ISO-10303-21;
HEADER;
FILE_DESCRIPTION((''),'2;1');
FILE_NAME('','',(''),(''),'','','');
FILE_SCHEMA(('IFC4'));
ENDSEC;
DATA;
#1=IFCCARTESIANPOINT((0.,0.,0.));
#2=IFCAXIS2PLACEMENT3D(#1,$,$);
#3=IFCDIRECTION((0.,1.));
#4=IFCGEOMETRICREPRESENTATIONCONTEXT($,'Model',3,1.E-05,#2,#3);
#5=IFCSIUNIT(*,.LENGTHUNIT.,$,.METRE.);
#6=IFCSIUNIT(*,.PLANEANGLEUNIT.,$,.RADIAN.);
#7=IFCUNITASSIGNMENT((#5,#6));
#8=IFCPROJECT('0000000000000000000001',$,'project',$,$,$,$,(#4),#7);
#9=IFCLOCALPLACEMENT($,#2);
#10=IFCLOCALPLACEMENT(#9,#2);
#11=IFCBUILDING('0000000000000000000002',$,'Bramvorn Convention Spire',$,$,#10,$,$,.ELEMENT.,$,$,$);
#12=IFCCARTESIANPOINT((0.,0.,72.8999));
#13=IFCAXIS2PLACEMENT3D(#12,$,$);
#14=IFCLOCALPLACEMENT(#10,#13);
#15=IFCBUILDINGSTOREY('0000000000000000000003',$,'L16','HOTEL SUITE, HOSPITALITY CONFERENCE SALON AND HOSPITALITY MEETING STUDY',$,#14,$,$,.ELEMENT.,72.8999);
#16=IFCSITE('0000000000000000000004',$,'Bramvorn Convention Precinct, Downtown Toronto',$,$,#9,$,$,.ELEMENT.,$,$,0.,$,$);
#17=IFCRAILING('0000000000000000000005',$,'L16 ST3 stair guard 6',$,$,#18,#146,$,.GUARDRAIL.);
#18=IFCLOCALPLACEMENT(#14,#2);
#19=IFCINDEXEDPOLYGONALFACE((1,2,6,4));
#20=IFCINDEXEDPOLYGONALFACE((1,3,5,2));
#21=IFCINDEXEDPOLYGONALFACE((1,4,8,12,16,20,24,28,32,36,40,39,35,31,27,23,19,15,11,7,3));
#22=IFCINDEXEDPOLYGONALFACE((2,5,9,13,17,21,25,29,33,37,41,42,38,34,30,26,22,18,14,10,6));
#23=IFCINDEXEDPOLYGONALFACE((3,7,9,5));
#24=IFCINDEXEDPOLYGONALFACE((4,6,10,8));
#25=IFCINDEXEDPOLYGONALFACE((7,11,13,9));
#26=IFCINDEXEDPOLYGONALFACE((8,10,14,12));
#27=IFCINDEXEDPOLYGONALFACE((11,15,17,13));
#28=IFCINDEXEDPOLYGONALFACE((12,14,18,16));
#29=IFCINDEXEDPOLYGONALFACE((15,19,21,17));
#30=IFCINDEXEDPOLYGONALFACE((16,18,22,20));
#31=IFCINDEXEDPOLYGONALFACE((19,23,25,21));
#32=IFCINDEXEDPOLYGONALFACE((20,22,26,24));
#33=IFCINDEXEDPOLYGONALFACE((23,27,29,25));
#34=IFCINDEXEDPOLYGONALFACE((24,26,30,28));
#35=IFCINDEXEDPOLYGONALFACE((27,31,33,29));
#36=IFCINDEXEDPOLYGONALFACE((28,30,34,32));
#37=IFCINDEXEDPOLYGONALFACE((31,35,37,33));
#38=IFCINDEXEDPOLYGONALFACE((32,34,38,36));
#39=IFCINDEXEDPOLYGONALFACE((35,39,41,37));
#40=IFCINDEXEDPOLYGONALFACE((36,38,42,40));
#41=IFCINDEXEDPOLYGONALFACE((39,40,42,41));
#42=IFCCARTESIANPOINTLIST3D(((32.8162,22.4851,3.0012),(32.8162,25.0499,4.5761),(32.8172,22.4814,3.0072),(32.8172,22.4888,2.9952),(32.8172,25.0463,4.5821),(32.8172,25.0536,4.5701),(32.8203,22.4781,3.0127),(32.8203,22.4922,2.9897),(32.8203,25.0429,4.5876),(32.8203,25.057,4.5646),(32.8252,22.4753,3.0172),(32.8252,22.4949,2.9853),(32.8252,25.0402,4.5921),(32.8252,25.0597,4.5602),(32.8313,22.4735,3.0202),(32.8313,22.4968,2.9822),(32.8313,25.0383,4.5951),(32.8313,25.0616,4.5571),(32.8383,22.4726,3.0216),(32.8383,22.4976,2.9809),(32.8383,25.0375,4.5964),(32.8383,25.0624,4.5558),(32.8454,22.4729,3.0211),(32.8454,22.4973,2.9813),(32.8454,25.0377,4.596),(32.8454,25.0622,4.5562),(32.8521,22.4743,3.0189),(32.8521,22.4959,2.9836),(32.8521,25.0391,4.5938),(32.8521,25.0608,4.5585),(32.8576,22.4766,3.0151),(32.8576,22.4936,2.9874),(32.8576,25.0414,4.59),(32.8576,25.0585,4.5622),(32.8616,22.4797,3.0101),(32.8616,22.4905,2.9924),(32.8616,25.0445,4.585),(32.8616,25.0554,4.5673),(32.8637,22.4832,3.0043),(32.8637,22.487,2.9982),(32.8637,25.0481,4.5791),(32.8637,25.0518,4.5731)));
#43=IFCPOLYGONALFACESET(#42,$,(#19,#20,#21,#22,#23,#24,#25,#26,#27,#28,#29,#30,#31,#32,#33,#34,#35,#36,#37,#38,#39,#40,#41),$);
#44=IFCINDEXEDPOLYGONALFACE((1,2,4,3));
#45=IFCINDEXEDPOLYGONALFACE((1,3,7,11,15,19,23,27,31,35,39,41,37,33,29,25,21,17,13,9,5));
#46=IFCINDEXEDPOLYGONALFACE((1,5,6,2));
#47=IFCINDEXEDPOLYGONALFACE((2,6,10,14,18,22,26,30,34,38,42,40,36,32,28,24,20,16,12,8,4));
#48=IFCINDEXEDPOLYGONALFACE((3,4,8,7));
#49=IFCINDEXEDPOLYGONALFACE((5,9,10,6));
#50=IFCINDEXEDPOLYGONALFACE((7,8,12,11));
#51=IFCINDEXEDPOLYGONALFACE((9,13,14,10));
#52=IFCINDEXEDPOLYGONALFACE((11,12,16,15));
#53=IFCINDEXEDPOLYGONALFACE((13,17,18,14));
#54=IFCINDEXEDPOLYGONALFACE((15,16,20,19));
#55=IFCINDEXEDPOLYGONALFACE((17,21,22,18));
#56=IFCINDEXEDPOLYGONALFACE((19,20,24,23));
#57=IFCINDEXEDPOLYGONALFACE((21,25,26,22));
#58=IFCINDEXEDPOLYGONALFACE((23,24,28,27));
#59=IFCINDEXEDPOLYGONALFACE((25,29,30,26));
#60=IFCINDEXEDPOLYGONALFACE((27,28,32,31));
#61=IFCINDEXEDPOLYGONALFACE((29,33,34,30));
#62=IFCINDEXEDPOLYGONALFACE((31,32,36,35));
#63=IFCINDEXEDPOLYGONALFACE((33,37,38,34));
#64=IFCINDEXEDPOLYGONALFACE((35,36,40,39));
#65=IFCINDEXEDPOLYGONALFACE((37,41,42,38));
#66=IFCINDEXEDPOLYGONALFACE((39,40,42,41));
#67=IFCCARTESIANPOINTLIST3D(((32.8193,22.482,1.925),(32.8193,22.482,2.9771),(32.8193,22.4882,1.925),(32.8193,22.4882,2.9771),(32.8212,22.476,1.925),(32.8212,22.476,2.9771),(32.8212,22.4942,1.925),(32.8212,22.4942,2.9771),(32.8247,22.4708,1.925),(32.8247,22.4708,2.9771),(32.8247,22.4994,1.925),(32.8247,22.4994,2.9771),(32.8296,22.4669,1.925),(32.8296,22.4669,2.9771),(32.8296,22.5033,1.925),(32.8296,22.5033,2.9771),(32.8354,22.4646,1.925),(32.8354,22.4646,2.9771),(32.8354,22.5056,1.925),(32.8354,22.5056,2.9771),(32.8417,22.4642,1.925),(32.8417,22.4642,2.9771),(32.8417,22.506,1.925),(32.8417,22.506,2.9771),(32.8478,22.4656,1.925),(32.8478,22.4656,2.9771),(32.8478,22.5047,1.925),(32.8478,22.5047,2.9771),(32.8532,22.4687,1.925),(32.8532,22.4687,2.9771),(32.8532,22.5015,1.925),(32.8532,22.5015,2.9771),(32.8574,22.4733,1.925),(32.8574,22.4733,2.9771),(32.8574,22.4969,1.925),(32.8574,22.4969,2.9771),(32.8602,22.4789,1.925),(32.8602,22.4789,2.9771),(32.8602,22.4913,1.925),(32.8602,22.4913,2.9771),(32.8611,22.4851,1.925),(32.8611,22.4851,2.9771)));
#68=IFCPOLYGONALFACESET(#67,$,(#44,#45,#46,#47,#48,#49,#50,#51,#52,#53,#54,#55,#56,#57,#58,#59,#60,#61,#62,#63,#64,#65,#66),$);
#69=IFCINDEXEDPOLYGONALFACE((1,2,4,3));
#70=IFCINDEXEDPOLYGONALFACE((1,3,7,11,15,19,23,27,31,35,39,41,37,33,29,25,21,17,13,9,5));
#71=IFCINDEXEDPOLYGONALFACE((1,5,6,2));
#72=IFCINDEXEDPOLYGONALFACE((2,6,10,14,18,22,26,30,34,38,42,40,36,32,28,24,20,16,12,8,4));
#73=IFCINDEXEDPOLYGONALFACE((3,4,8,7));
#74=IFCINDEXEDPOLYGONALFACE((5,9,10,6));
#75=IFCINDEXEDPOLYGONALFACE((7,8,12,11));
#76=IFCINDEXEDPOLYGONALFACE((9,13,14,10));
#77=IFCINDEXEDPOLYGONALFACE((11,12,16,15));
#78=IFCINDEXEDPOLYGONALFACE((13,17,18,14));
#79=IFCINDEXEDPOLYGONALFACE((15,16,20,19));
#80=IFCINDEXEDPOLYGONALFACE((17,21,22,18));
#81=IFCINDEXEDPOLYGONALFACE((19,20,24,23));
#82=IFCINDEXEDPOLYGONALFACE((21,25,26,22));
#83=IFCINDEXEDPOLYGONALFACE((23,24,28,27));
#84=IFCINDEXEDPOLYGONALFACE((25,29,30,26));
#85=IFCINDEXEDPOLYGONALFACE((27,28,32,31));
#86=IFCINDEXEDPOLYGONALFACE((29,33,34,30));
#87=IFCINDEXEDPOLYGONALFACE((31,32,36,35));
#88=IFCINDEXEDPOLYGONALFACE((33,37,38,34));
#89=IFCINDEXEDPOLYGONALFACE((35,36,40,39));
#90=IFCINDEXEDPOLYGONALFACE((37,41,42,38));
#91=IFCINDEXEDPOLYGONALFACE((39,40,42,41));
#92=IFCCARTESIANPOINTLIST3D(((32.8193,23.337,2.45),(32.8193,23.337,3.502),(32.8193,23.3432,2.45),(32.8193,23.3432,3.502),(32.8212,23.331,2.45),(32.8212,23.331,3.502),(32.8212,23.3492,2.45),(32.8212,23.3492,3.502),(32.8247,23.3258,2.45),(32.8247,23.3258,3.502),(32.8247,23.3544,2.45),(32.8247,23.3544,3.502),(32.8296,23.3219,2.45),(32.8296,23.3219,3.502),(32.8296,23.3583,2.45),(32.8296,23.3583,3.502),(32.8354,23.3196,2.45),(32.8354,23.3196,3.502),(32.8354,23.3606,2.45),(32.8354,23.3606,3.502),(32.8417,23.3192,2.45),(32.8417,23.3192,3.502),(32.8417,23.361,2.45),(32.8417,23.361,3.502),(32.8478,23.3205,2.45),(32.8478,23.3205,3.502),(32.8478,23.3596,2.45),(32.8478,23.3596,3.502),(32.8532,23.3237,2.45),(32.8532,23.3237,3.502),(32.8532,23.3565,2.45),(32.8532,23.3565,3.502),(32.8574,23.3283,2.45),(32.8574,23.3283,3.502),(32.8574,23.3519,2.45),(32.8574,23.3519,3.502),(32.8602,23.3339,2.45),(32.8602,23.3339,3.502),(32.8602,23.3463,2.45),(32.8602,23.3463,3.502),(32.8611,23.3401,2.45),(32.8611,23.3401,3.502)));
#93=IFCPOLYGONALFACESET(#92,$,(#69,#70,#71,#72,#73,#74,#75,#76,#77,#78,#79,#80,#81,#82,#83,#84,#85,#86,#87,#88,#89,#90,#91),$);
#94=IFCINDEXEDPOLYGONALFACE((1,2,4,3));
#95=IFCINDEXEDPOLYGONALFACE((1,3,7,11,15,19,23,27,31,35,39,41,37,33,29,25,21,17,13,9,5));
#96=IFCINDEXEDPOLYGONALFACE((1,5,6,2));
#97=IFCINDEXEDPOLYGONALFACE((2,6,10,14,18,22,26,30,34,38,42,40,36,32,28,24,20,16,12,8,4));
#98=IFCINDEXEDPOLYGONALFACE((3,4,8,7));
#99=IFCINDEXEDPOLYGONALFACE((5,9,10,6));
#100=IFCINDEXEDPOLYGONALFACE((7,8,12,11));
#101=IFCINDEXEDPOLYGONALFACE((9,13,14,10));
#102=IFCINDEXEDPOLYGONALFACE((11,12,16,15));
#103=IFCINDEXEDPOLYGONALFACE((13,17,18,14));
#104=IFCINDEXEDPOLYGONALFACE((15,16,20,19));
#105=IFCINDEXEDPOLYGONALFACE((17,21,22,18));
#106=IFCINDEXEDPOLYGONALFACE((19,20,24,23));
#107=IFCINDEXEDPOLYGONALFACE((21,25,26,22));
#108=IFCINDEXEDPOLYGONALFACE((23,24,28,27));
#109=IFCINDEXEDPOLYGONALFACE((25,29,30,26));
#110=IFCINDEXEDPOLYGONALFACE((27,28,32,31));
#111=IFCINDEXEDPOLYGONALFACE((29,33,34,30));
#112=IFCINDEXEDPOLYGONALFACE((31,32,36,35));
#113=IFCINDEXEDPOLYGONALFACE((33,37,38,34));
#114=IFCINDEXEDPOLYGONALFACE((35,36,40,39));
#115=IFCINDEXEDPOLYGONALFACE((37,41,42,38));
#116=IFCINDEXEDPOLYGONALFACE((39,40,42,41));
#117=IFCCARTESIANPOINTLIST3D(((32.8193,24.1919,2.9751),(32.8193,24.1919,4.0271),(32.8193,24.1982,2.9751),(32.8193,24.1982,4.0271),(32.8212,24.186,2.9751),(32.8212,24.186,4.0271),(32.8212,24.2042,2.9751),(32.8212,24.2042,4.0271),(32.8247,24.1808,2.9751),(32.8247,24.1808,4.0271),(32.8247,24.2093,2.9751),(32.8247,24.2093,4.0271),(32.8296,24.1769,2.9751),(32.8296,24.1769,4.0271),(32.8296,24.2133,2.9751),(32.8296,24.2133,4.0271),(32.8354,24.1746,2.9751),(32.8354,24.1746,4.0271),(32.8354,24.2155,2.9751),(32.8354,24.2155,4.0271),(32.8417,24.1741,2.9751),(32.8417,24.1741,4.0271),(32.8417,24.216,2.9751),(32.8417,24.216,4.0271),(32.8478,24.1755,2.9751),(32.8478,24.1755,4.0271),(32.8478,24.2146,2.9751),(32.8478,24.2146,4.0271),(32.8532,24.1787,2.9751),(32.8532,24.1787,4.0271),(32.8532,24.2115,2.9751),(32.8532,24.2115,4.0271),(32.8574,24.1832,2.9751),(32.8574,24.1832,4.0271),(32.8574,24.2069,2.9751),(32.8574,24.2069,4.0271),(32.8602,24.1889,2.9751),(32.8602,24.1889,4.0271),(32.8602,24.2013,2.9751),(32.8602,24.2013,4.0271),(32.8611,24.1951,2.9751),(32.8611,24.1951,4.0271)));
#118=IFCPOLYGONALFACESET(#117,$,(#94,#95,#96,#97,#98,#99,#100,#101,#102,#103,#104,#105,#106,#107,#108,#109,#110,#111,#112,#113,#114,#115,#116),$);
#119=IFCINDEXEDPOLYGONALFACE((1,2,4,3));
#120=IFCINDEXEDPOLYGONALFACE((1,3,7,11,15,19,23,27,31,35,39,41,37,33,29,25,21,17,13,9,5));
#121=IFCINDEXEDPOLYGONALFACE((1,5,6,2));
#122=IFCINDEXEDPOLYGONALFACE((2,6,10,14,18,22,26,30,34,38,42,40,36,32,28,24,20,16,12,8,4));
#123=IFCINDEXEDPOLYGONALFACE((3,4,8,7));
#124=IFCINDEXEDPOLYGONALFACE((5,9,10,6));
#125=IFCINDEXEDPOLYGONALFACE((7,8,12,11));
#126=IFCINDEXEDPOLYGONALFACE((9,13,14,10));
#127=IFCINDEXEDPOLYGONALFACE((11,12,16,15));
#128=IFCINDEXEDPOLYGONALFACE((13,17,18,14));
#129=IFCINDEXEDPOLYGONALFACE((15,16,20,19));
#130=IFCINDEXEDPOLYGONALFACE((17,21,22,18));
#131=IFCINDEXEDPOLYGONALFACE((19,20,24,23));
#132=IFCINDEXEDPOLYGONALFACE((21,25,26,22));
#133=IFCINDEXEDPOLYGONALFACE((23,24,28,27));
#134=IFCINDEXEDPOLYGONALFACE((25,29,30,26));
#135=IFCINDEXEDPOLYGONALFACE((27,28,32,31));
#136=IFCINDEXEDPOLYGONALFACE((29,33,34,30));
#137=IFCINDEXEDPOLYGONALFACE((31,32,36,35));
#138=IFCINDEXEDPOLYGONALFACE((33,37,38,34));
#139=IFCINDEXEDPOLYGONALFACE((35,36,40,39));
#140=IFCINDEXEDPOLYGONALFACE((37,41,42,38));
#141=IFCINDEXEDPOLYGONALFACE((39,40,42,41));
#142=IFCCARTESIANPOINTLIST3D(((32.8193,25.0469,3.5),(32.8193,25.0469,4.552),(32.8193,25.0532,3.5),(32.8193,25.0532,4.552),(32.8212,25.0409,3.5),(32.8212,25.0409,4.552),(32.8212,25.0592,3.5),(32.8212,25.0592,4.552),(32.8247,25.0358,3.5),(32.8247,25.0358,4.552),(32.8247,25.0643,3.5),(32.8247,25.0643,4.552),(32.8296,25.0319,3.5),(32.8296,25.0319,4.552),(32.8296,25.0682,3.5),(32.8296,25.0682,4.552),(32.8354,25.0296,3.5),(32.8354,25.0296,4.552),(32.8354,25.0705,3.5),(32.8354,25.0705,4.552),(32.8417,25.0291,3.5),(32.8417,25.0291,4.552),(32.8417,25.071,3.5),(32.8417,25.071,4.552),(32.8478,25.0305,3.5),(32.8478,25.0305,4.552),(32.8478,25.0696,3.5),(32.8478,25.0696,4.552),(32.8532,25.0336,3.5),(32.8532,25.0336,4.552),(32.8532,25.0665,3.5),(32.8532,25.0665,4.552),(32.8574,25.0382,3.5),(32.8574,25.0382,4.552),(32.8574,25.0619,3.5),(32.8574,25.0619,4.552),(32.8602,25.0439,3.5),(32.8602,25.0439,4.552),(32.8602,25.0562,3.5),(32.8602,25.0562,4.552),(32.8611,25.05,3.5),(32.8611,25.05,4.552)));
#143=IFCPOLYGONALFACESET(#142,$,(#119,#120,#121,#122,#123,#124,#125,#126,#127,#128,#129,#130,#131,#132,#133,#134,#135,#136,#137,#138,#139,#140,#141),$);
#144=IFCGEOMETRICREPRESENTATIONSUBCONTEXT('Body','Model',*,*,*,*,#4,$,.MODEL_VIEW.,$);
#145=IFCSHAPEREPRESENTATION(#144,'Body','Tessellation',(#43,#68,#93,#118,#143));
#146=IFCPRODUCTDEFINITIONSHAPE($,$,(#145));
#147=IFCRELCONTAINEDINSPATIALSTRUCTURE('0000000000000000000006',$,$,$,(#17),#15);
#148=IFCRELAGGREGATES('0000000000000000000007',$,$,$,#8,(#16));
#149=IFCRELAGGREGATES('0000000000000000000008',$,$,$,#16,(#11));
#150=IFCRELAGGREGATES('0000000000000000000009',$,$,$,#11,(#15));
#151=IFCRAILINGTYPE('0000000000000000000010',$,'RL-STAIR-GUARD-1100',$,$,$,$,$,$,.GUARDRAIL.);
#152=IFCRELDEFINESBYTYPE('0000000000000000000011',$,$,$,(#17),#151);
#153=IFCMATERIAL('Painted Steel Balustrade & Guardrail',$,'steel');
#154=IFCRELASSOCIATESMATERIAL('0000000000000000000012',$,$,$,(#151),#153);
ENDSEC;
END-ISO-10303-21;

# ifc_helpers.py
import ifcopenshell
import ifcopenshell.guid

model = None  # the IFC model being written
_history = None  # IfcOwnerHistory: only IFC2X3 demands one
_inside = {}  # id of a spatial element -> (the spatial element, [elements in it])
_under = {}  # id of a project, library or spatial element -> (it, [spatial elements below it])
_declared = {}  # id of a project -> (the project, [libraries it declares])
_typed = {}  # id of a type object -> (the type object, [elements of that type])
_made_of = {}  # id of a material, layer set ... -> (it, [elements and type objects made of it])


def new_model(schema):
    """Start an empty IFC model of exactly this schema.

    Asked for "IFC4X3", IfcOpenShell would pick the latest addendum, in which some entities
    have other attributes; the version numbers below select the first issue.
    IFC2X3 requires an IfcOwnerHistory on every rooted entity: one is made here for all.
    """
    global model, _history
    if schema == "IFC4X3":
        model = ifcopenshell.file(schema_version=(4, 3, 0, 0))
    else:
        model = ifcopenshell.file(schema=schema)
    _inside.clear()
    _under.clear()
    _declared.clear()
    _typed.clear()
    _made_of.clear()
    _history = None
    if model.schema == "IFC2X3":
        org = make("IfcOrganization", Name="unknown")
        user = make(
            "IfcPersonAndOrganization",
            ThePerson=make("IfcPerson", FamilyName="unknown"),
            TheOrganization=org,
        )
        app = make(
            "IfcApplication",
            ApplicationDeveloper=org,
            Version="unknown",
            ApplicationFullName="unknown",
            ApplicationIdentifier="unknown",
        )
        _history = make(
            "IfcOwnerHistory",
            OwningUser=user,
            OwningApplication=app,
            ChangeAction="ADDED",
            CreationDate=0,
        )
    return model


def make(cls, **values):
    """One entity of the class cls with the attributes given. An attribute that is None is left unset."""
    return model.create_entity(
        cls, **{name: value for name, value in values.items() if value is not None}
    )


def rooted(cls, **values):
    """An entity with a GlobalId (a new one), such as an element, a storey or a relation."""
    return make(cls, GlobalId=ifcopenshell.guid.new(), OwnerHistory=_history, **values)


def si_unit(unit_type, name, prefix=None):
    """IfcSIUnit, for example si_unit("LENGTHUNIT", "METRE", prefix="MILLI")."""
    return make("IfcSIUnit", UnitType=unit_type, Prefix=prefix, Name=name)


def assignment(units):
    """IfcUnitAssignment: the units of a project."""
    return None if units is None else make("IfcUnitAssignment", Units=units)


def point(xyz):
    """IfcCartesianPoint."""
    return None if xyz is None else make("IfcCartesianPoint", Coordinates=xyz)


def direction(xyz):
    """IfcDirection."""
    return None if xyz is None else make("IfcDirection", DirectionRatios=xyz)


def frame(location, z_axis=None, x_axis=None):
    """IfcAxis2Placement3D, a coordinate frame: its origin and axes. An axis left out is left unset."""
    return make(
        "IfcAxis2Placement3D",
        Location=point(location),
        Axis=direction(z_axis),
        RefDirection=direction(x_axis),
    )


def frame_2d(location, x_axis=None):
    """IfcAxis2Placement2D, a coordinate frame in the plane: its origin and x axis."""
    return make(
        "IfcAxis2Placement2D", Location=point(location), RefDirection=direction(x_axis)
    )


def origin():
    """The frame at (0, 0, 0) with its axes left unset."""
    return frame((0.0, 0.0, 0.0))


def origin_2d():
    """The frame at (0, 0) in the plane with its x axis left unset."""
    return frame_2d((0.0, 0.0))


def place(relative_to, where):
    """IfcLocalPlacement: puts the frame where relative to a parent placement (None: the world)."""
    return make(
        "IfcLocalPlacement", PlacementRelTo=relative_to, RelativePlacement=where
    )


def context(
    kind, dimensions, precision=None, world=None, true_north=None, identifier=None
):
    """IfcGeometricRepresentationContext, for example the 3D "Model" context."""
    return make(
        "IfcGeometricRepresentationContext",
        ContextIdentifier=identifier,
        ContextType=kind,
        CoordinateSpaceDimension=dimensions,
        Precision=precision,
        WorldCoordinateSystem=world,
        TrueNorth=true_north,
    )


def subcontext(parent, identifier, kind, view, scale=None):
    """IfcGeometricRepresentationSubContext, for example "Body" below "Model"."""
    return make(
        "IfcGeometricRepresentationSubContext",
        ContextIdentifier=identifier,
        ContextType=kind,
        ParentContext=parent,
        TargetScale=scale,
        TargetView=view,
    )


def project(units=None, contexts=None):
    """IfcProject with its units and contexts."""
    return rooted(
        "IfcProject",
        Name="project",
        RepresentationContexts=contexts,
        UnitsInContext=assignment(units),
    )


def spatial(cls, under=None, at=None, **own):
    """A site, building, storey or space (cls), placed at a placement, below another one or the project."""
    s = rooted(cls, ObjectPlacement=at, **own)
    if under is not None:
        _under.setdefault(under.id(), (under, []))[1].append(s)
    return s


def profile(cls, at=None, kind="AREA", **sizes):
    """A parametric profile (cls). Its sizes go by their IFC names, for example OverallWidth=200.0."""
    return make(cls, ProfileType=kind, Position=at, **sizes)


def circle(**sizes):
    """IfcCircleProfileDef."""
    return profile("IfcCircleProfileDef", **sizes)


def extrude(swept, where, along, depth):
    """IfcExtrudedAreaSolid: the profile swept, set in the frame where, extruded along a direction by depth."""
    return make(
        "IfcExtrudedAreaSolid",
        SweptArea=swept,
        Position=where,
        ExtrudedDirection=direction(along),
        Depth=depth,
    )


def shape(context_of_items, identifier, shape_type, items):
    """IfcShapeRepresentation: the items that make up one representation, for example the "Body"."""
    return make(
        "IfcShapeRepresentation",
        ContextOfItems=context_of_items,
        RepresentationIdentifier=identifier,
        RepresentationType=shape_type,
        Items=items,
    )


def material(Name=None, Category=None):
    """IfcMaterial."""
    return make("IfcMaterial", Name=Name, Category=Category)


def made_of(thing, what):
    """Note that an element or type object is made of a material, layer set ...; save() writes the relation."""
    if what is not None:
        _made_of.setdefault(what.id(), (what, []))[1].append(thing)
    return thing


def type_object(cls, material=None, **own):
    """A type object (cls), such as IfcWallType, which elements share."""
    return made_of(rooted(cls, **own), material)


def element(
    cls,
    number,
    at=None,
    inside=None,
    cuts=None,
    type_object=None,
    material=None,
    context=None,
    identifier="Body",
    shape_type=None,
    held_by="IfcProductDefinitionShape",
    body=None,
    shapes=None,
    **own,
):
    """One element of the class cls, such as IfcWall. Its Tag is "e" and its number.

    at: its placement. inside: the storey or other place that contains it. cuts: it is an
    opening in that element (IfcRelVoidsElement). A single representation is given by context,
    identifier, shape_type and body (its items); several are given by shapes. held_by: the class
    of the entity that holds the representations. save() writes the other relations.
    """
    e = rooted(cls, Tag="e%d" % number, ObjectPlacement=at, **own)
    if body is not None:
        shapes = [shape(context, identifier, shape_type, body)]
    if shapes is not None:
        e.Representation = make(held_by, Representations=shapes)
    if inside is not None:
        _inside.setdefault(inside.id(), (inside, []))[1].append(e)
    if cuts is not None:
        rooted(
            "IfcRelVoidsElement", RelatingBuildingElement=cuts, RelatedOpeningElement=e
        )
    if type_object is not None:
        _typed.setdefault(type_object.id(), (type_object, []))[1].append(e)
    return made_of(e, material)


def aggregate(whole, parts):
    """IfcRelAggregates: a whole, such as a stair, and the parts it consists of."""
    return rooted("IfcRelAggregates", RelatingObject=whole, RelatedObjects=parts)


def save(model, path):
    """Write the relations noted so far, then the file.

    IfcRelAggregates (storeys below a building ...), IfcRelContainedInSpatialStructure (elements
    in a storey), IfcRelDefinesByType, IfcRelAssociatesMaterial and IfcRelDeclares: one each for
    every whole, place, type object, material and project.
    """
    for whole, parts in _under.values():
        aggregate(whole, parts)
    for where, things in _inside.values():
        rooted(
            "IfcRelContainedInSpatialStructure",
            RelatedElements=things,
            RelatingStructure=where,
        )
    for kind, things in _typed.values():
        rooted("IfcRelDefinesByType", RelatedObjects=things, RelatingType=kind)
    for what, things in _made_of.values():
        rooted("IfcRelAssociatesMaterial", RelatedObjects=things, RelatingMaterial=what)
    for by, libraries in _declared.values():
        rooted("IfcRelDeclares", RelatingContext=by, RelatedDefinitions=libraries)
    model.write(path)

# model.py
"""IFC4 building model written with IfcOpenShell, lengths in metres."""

from ifc_helpers import new_model, si_unit, direction, frame, origin, origin_2d, place, context, subcontext, project, spatial, circle, extrude, material, type_object, element, save


model = new_model("IFC4")

# Units and contexts
model_context = context("Model", 3, precision=1e-05, world=origin(), true_north=direction((0.0, 1.0)))
body_context = subcontext(model_context, "Body", "Model", "MODEL_VIEW")
ifc_project = project(units=[si_unit("LENGTHUNIT", "METRE"), si_unit("PLANEANGLEUNIT", "RADIAN")], contexts=[model_context])

# Site, building, storey
site_placement = place(None, origin())
site = spatial("IfcSite", under=ifc_project, at=site_placement, Name="Bramvorn Convention Precinct, Downtown Toronto", CompositionType="ELEMENT", RefElevation=0.0)
building_placement = place(site_placement, origin())
building = spatial("IfcBuilding", under=site, at=building_placement, Name="Bramvorn Convention Spire", CompositionType="ELEMENT")
storey_placement = place(building_placement, frame((0.0, 0.0, 72.8999)))
storey = spatial("IfcBuildingStorey", under=building, at=storey_placement, Name="L16", Description="HOTEL SUITE, HOSPITALITY CONFERENCE SALON AND HOSPITALITY MEETING STUDY", CompositionType="ELEMENT", Elevation=72.8999)

# Railing
ifc_material_1 = material(Name="Painted Steel Balustrade & Guardrail", Category="steel")
railing_type_1 = type_object("IfcRailingType", Name="RL-STAIR-GUARD-1100", PredefinedType="GUARDRAIL", material=ifc_material_1)
railing_1_placement = place(storey_placement, frame((32.8401, 22.4851, 1.925)))
element("IfcRailing", 1, at=railing_1_placement, inside=storey, type_object=railing_type_1, Name="L16 ST3 stair guard 6", PredefinedType="GUARDRAIL", context=body_context, shape_type="SweptSolid", body=[
    extrude(circle(Radius=0.0239, at=origin_2d()), frame((0.0, 0.0, 1.0762), z_axis=(0.0, 0.852173, 0.52326), x_axis=(-1.0, 0.0, 0.0)), (0.0, 0.0, 1.0), 3.0098),
    extrude(circle(Radius=0.021, at=origin_2d()), origin(), (0.0, 0.0, 1.0), 1.052),
    extrude(circle(Radius=0.021, at=origin_2d()), frame((0.0, 0.855, 0.5249)), (0.0, 0.0, 1.0), 1.052),
    extrude(circle(Radius=0.021, at=origin_2d()), frame((0.0, 1.71, 1.05)), (0.0, 0.0, 1.0), 1.052),
    extrude(circle(Radius=0.021, at=origin_2d()), frame((0.0, 2.5649, 1.575)), (0.0, 0.0, 1.0), 1.052),
])

save(model, "model.ifc")
